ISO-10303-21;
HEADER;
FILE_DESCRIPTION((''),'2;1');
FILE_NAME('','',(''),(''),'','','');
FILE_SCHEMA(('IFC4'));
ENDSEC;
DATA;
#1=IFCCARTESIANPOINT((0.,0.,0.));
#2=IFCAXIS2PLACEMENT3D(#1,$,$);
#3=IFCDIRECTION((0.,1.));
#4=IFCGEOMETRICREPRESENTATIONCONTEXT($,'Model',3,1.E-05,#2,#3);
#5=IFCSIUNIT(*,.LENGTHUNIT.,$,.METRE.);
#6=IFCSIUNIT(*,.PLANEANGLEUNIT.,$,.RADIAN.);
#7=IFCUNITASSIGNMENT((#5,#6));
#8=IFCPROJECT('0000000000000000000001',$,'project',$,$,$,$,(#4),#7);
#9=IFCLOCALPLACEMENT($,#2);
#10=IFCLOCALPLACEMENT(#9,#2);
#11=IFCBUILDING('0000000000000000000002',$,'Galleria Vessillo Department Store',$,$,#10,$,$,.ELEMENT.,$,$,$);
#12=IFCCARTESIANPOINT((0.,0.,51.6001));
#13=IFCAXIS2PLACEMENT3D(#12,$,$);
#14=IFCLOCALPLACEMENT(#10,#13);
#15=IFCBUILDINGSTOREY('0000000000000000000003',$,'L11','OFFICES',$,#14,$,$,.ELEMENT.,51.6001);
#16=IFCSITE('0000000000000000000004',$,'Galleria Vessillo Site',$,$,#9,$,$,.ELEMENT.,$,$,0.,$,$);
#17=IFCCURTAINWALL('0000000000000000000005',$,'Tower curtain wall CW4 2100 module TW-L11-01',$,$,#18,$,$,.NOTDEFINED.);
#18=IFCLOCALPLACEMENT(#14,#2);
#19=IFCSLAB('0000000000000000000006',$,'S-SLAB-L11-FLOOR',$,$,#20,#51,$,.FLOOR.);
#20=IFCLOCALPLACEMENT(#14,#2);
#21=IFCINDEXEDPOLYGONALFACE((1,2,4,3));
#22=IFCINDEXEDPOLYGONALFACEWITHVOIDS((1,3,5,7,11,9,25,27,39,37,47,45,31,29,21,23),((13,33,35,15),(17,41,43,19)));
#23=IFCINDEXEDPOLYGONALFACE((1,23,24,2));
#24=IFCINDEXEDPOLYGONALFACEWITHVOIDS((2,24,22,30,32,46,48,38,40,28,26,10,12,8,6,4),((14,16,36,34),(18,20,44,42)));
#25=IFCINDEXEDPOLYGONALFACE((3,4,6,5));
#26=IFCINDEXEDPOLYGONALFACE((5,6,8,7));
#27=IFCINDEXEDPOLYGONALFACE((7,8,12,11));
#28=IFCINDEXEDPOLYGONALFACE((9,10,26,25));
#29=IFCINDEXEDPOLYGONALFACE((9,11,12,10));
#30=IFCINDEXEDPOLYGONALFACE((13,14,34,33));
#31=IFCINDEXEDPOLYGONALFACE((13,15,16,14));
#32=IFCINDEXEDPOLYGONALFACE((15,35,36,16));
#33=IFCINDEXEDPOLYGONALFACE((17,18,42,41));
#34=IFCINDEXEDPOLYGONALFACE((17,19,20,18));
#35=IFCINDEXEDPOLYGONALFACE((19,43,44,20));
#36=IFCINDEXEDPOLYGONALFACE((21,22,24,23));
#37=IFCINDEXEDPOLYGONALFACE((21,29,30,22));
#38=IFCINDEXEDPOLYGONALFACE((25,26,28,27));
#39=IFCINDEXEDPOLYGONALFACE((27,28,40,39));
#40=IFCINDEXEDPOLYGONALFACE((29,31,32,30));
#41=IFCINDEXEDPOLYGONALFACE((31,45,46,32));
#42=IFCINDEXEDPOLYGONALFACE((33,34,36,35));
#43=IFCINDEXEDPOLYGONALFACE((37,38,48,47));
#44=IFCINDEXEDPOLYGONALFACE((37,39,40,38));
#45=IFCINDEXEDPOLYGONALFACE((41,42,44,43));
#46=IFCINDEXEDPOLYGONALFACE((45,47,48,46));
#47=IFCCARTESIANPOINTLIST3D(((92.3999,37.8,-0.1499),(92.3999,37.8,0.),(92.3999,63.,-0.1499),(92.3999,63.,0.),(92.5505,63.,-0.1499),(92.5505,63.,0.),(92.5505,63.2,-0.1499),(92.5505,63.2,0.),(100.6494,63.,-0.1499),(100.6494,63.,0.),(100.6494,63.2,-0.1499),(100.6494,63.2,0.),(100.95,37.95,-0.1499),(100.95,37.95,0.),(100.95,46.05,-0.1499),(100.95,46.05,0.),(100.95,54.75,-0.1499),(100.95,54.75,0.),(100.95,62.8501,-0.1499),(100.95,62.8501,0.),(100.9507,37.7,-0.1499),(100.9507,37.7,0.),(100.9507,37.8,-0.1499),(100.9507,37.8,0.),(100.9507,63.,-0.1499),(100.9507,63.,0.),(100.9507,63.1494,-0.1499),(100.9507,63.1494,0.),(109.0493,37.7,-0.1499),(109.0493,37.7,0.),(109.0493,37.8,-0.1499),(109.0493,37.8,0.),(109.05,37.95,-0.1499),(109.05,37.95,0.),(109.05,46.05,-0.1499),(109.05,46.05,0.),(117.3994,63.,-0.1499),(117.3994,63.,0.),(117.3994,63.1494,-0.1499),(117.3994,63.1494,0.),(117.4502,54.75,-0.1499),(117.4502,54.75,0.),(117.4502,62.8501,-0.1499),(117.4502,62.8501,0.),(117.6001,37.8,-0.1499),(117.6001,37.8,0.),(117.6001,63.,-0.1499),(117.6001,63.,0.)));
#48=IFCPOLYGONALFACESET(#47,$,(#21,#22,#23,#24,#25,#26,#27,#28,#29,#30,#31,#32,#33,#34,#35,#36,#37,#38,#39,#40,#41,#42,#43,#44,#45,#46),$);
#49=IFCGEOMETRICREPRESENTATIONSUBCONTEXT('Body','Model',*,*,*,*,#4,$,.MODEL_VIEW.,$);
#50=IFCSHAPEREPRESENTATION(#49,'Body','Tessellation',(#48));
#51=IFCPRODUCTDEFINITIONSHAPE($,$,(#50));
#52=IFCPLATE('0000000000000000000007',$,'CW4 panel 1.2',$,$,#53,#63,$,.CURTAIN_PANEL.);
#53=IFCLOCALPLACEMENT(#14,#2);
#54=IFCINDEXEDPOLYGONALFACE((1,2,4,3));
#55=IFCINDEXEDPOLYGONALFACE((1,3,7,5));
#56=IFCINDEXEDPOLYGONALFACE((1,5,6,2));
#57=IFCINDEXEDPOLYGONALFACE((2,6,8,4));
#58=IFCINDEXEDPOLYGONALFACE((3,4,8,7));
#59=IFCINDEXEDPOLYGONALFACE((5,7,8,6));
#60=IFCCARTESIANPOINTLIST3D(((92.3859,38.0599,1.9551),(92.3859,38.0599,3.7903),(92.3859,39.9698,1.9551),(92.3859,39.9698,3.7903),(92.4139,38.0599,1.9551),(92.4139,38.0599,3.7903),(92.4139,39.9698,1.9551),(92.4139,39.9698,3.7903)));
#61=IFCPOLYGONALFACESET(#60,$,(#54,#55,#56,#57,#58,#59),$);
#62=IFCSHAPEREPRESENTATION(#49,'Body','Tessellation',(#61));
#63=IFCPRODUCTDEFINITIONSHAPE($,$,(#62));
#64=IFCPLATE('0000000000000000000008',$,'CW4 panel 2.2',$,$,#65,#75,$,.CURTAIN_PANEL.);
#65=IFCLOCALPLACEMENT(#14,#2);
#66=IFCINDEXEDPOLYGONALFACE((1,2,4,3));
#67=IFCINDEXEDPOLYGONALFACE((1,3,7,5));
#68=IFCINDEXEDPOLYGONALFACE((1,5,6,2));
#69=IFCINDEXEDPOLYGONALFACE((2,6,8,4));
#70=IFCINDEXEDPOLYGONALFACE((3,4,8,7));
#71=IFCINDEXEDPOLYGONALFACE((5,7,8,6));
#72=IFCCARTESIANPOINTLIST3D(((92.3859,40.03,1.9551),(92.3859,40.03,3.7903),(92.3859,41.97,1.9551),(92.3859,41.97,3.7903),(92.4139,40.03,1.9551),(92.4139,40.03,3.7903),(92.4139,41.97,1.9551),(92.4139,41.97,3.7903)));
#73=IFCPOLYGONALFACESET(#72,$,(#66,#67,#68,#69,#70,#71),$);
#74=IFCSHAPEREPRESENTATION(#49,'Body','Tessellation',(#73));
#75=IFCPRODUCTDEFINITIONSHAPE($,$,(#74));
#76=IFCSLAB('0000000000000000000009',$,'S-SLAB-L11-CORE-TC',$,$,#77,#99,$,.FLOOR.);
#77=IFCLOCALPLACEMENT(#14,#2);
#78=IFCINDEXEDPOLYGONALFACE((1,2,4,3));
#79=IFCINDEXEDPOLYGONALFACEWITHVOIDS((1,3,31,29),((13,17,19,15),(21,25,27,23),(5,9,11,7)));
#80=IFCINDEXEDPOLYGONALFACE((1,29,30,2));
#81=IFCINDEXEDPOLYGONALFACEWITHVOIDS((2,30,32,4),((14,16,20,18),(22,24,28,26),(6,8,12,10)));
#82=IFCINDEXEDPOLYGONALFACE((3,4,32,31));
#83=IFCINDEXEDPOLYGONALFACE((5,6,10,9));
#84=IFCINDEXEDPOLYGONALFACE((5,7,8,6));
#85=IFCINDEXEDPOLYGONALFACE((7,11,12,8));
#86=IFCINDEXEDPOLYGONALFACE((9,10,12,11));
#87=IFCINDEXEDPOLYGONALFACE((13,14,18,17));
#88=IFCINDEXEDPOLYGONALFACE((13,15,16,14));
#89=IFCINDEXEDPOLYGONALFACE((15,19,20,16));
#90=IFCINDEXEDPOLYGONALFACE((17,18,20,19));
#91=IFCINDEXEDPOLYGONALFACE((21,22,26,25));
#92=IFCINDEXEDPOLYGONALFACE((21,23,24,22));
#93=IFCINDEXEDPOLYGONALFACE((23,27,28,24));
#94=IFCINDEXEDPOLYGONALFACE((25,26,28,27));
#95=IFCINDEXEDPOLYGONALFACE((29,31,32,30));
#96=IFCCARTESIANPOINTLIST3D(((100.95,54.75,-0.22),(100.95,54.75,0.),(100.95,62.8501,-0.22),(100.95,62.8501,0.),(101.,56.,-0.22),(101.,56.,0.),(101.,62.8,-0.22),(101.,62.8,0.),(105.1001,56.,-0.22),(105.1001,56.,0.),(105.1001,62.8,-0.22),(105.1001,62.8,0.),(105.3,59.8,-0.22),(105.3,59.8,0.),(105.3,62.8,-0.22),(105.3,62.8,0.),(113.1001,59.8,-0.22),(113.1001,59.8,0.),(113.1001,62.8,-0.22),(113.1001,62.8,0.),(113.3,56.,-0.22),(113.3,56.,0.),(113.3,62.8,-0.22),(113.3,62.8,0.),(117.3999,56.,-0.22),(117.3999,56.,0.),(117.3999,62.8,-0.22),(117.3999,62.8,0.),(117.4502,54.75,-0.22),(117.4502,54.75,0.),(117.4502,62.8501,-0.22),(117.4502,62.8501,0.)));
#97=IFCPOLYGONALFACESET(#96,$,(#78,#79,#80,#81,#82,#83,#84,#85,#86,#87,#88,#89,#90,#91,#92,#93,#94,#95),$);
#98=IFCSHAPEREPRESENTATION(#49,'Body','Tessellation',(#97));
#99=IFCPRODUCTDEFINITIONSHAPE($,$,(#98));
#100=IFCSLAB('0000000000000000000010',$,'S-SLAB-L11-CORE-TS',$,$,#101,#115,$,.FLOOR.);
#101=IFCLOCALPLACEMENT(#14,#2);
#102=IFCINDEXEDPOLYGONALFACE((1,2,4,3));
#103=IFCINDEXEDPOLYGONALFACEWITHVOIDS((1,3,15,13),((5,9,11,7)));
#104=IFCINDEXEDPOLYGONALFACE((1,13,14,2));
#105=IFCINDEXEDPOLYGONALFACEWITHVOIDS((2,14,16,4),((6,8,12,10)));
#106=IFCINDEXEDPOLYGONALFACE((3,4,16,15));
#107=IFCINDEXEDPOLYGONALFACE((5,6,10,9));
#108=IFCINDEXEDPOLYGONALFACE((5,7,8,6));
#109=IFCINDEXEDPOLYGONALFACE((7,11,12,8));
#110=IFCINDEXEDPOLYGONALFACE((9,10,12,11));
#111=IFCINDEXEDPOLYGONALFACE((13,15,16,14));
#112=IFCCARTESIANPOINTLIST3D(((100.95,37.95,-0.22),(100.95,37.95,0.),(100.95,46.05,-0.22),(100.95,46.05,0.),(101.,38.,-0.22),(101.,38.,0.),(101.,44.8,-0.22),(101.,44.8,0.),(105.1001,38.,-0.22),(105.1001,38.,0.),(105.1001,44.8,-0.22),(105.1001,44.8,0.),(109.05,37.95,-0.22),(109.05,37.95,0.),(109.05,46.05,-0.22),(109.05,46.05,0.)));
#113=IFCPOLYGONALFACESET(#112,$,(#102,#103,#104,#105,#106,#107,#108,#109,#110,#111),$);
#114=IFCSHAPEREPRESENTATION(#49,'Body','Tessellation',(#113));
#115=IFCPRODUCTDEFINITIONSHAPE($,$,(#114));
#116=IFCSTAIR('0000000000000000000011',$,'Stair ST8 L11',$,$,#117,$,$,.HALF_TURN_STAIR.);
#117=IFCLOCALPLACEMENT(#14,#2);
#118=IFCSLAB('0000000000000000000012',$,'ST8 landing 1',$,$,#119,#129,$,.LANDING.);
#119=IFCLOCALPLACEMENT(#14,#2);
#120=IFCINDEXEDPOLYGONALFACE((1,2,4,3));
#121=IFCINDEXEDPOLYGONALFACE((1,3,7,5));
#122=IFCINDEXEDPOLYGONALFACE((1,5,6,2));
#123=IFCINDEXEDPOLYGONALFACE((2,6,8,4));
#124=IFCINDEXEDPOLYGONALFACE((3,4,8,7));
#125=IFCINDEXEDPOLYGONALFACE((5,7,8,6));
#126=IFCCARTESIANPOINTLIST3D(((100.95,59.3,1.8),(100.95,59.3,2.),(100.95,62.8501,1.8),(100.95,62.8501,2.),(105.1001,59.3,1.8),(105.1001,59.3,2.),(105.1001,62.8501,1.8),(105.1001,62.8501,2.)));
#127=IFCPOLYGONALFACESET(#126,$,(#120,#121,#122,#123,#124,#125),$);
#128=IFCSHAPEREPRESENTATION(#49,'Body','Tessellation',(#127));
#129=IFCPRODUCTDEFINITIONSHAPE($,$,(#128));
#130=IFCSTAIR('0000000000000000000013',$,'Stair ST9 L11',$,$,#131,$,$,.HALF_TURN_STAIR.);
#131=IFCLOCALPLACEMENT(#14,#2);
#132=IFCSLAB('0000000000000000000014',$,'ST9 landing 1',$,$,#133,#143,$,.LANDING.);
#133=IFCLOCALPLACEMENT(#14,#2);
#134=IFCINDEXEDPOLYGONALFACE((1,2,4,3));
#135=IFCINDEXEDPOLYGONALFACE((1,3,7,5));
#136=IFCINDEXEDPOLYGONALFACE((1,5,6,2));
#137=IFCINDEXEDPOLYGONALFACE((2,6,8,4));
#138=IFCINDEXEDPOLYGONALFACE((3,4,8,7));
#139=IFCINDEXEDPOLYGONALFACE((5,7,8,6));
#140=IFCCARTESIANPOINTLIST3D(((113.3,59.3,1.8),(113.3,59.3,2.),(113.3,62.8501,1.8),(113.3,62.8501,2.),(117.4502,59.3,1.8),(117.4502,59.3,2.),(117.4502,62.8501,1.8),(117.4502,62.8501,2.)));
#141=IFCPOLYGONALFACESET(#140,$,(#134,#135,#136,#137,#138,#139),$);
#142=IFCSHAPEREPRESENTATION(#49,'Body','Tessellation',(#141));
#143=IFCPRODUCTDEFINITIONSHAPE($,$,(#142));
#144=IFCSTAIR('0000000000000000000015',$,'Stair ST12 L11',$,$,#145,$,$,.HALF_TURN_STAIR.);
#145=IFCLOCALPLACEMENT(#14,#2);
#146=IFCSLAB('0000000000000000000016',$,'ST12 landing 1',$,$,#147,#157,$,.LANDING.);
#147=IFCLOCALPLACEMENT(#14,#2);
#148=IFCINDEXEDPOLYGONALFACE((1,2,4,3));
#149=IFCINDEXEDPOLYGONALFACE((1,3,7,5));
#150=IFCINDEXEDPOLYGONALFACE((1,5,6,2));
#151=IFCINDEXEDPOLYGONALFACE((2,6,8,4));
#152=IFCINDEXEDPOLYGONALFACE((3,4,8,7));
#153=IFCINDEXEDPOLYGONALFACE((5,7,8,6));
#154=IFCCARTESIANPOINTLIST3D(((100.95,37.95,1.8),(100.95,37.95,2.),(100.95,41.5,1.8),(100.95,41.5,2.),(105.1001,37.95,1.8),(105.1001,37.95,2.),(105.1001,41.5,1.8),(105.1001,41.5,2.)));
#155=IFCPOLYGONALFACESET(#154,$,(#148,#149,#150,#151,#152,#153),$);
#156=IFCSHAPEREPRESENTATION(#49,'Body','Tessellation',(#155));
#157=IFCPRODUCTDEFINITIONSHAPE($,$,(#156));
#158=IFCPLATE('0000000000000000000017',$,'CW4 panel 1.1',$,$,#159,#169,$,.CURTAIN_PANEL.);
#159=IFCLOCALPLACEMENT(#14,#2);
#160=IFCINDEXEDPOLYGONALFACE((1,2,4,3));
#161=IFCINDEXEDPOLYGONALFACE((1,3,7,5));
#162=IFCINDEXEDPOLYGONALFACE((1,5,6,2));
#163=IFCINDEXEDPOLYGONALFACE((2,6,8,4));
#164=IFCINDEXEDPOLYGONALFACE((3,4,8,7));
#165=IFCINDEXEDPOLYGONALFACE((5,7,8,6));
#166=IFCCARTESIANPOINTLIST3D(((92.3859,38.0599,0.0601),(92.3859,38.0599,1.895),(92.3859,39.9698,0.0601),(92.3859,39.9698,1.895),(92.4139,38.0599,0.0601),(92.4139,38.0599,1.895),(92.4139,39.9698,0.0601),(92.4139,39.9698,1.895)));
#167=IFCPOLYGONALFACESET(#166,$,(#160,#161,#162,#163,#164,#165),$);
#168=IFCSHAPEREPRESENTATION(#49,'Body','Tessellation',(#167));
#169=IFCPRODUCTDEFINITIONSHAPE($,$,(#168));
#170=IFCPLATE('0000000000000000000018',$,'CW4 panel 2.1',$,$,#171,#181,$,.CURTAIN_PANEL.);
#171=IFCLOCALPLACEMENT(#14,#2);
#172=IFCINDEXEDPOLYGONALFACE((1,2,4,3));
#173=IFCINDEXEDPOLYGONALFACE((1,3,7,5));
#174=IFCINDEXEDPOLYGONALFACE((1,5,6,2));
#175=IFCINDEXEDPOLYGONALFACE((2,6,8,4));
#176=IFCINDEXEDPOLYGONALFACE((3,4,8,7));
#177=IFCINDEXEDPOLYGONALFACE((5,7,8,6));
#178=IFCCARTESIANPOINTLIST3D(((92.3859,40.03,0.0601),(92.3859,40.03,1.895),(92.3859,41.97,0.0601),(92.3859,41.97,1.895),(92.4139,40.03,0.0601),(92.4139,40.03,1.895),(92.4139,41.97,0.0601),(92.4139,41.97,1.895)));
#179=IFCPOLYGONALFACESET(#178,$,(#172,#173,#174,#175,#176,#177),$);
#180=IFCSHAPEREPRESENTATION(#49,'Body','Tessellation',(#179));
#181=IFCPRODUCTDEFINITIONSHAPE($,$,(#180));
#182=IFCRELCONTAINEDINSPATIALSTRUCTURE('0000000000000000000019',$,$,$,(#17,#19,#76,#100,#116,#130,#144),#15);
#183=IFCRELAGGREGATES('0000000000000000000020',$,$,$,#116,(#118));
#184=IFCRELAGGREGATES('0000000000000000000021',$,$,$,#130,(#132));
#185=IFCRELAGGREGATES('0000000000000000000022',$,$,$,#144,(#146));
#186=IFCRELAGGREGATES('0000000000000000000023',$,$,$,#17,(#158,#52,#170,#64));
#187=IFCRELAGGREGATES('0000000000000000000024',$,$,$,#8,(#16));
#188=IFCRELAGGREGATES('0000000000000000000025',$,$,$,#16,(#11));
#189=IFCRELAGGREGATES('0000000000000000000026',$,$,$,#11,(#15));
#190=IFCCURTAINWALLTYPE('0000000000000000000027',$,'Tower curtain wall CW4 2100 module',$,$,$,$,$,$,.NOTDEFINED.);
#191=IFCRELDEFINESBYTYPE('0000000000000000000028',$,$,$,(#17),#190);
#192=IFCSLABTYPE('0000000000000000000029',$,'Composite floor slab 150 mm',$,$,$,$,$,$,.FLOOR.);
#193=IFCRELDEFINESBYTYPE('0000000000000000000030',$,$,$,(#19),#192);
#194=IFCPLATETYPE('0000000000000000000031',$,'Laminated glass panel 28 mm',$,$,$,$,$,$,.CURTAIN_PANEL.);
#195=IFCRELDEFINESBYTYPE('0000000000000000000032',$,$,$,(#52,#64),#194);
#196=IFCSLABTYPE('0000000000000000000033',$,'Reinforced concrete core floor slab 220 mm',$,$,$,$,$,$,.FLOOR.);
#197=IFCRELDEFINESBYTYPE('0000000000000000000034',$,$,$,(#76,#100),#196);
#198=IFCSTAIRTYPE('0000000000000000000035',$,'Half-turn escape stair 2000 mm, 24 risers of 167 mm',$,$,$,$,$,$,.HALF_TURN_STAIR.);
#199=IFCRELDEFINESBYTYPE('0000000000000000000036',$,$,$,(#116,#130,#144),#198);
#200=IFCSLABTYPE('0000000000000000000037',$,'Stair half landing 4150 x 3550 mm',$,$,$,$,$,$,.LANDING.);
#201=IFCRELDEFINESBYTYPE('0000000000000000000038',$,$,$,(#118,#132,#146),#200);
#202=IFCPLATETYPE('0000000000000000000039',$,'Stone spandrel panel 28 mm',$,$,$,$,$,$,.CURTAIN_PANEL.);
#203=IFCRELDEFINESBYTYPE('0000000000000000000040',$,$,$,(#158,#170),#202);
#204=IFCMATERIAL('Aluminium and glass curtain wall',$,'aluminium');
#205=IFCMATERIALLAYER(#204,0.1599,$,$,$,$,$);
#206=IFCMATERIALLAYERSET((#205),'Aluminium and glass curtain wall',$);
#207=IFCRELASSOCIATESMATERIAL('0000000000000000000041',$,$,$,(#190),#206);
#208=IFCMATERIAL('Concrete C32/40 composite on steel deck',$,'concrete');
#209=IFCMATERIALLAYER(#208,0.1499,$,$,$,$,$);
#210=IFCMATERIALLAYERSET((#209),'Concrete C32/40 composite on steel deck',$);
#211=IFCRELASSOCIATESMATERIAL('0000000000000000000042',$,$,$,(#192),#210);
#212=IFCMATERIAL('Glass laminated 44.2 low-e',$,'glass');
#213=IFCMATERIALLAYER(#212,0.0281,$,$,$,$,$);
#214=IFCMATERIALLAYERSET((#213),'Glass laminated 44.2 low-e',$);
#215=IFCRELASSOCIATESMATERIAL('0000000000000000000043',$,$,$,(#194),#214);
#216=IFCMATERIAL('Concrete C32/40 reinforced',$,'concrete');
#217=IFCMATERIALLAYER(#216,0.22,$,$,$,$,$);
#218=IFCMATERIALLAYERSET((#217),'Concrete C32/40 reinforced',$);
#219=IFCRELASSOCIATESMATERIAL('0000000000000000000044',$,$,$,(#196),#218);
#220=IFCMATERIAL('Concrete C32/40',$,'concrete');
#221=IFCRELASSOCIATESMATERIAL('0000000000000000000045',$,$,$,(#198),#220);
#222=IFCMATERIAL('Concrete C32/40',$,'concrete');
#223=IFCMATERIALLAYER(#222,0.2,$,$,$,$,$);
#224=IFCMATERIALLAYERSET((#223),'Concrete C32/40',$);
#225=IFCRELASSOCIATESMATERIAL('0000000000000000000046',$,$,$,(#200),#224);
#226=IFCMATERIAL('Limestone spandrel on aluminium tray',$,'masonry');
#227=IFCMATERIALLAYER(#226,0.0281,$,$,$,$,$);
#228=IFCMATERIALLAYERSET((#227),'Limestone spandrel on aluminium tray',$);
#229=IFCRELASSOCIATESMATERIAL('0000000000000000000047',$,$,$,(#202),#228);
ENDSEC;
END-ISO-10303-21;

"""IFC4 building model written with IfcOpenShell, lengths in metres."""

from ifc_helpers import new_model, si_unit, direction, frame, origin, origin_2d, place, context, subcontext, project, spatial, polyline, rectangle, outline, extrude, material, layer, layer_set, type_object, element, aggregate, save


model = new_model("IFC4")

# Units and contexts
model_context = context("Model", 3, precision=1e-05, world=origin(), true_north=direction((0.0, 1.0)))
body_context = subcontext(model_context, "Body", "Model", "MODEL_VIEW")
ifc_project = project(units=[si_unit("LENGTHUNIT", "METRE"), si_unit("PLANEANGLEUNIT", "RADIAN")], contexts=[model_context])

# Site, building, storey
site_placement = place(None, origin())
site = spatial("IfcSite", under=ifc_project, at=site_placement, Name="Galleria Vessillo Site", CompositionType="ELEMENT", RefElevation=0.0)
building_placement = place(site_placement, origin())
building = spatial("IfcBuilding", under=site, at=building_placement, Name="Galleria Vessillo Department Store", CompositionType="ELEMENT")
storey_placement = place(building_placement, frame((0.0, 0.0, 51.6001)))
storey = spatial("IfcBuildingStorey", under=building, at=storey_placement, Name="L11", Description="OFFICES", CompositionType="ELEMENT", Elevation=51.6001)

# Curtain wall
ifc_material_1 = material(Name="Aluminium and glass curtain wall", Category="aluminium")
ifc_layer_1 = layer(ifc_material_1, 0.1599)
ifc_layer_set_1 = layer_set([ifc_layer_1], Name="Aluminium and glass curtain wall")
curtain_wall_type = type_object("IfcCurtainWallType", Name="Tower curtain wall CW4 2100 module", PredefinedType="NOTDEFINED", material=ifc_layer_set_1)
curtain_wall_placement = place(storey_placement, origin())
curtain_wall = element("IfcCurtainWall", 1, at=curtain_wall_placement, inside=storey, type_object=curtain_wall_type, Name="Tower curtain wall CW4 2100 module TW-L11-01", PredefinedType="NOTDEFINED")

# Slab
ifc_material_2 = material(Name="Concrete C32/40 composite on steel deck", Category="concrete")
ifc_layer_2 = layer(ifc_material_2, 0.1499)
ifc_layer_set_2 = layer_set([ifc_layer_2], Name="Concrete C32/40 composite on steel deck")
slab_type_1 = type_object("IfcSlabType", Name="Composite floor slab 150 mm", PredefinedType="FLOOR", material=ifc_layer_set_2)
slab_1_placement = place(storey_placement, frame((0.0, 0.0, -0.1499)))
element("IfcSlab", 2, at=slab_1_placement, inside=storey, type_object=slab_type_1, Name="S-SLAB-L11-FLOOR", PredefinedType="FLOOR", context=body_context, shape_type="SweptSolid", body=[
    extrude(outline(polyline([(100.9507, 37.8), (92.3999, 37.8), (92.3999, 63.0), (92.5505, 63.0), (92.5505, 63.2), (100.6494, 63.2), (100.6494, 63.0), (100.9507, 63.0), (100.9507, 63.1494), (117.3994, 63.1494), (117.3994, 63.0), (117.6001, 63.0), (117.6001, 37.8), (109.0493, 37.8), (109.0493, 37.7), (100.9507, 37.7), (100.9507, 37.8)]), holes=[polyline([(109.05, 37.95), (109.05, 46.05), (100.95, 46.05), (100.95, 37.95), (109.05, 37.95)]), polyline([(117.4502, 54.75), (117.4502, 62.8501), (100.95, 62.8501), (100.95, 54.75), (117.4502, 54.75)])]), origin(), (0.0, 0.0, 1.0), 0.1499),
])

# Plates
ifc_material_3 = material(Name="Glass laminated 44.2 low-e", Category="glass")
ifc_layer_3 = layer(ifc_material_3, 0.0281)
ifc_layer_set_3 = layer_set([ifc_layer_3], Name="Glass laminated 44.2 low-e")
plate_type_1 = type_object("IfcPlateType", Name="Laminated glass panel 28 mm", PredefinedType="CURTAIN_PANEL", material=ifc_layer_set_3)
plate_1_placement = place(storey_placement, frame((92.3999, 39.0149, 1.9551), z_axis=(0.0, 0.0, 1.0), x_axis=(0.0, 1.0, 0.0)))
plate_1 = element("IfcPlate", 3, at=plate_1_placement, type_object=plate_type_1, Name="CW4 panel 1.2", PredefinedType="CURTAIN_PANEL", context=body_context, shape_type="SweptSolid", body=[
    extrude(rectangle(XDim=1.9099, YDim=0.0281, at=origin_2d()), origin(), (0.0, 0.0, 1.0), 1.8352),
])
plate_2_placement = place(storey_placement, frame((92.3999, 41.0, 1.9551), z_axis=(0.0, 0.0, 1.0), x_axis=(0.0, 1.0, 0.0)))
plate_2 = element("IfcPlate", 4, at=plate_2_placement, type_object=plate_type_1, Name="CW4 panel 2.2", PredefinedType="CURTAIN_PANEL", context=body_context, shape_type="SweptSolid", body=[
    extrude(rectangle(XDim=1.9399, YDim=0.0281, at=origin_2d()), origin(), (0.0, 0.0, 1.0), 1.8352),
])

# Slabs
ifc_material_4 = material(Name="Concrete C32/40 reinforced", Category="concrete")
ifc_layer_4 = layer(ifc_material_4, 0.22)
ifc_layer_set_4 = layer_set([ifc_layer_4], Name="Concrete C32/40 reinforced")
slab_type_2 = type_object("IfcSlabType", Name="Reinforced concrete core floor slab 220 mm", PredefinedType="FLOOR", material=ifc_layer_set_4)
slab_2_placement = place(storey_placement, frame((0.0, 0.0, -0.22)))
element("IfcSlab", 5, at=slab_2_placement, inside=storey, type_object=slab_type_2, Name="S-SLAB-L11-CORE-TC", PredefinedType="FLOOR", context=body_context, shape_type="SweptSolid", body=[
    extrude(outline(polyline([(100.95, 54.75), (100.95, 62.8501), (117.4502, 62.8501), (117.4502, 54.75), (100.95, 54.75)]), holes=[polyline([(105.1001, 56.0), (105.1001, 62.8), (101.0, 62.8), (101.0, 56.0), (105.1001, 56.0)]), polyline([(113.3, 56.0), (117.3999, 56.0), (117.3999, 62.8), (113.3, 62.8), (113.3, 56.0)]), polyline([(105.3, 59.8), (113.1001, 59.8), (113.1001, 62.8), (105.3, 62.8), (105.3, 59.8)])]), origin(), (0.0, 0.0, 1.0), 0.22),
])
slab_3_placement = place(storey_placement, frame((0.0, 0.0, -0.22)))
element("IfcSlab", 6, at=slab_3_placement, inside=storey, type_object=slab_type_2, Name="S-SLAB-L11-CORE-TS", PredefinedType="FLOOR", context=body_context, shape_type="SweptSolid", body=[
    extrude(outline(polyline([(100.95, 37.95), (100.95, 46.05), (109.05, 46.05), (109.05, 37.95), (100.95, 37.95)]), holes=[polyline([(105.1001, 44.8), (101.0, 44.8), (101.0, 38.0), (105.1001, 38.0), (105.1001, 44.8)])]), origin(), (0.0, 0.0, 1.0), 0.22),
])

# Stairs, slabs
ifc_material_5 = material(Name="Concrete C32/40", Category="concrete")
stair_type = type_object("IfcStairType", Name="Half-turn escape stair 2000 mm, 24 risers of 167 mm", PredefinedType="HALF_TURN_STAIR", material=ifc_material_5)
stair_1_placement = place(storey_placement, origin())
stair_1 = element("IfcStair", 7, at=stair_1_placement, inside=storey, type_object=stair_type, Name="Stair ST8 L11", PredefinedType="HALF_TURN_STAIR")
ifc_material_6 = material(Name="Concrete C32/40", Category="concrete")
ifc_layer_5 = layer(ifc_material_6, 0.2)
ifc_layer_set_5 = layer_set([ifc_layer_5], Name="Concrete C32/40")
slab_type_3 = type_object("IfcSlabType", Name="Stair half landing 4150 x 3550 mm", PredefinedType="LANDING", material=ifc_layer_set_5)
slab_4_placement = place(storey_placement, frame((0.0, 0.0, 1.8)))
slab_4 = element("IfcSlab", 8, at=slab_4_placement, type_object=slab_type_3, Name="ST8 landing 1", PredefinedType="LANDING", context=body_context, shape_type="SweptSolid", body=[
    extrude(outline(polyline([(100.95, 59.3), (100.95, 62.8501), (105.1001, 62.8501), (105.1001, 59.3), (100.95, 59.3)])), origin(), (0.0, 0.0, 1.0), 0.2),
])
aggregate(stair_1, [slab_4])
stair_2_placement = place(storey_placement, origin())
stair_2 = element("IfcStair", 9, at=stair_2_placement, inside=storey, type_object=stair_type, Name="Stair ST9 L11", PredefinedType="HALF_TURN_STAIR")
slab_5_placement = place(storey_placement, frame((0.0, 0.0, 1.8)))
slab_5 = element("IfcSlab", 10, at=slab_5_placement, type_object=slab_type_3, Name="ST9 landing 1", PredefinedType="LANDING", context=body_context, shape_type="SweptSolid", body=[
    extrude(outline(polyline([(113.3, 59.3), (113.3, 62.8501), (117.4502, 62.8501), (117.4502, 59.3), (113.3, 59.3)])), origin(), (0.0, 0.0, 1.0), 0.2),
])
aggregate(stair_2, [slab_5])
stair_3_placement = place(storey_placement, origin())
stair_3 = element("IfcStair", 11, at=stair_3_placement, inside=storey, type_object=stair_type, Name="Stair ST12 L11", PredefinedType="HALF_TURN_STAIR")
slab_6_placement = place(storey_placement, frame((0.0, 0.0, 1.8)))
slab_6 = element("IfcSlab", 12, at=slab_6_placement, type_object=slab_type_3, Name="ST12 landing 1", PredefinedType="LANDING", context=body_context, shape_type="SweptSolid", body=[
    extrude(outline(polyline([(100.95, 37.95), (100.95, 41.5), (105.1001, 41.5), (105.1001, 37.95), (100.95, 37.95)])), origin(), (0.0, 0.0, 1.0), 0.2),
])
aggregate(stair_3, [slab_6])

# Plates
ifc_material_7 = material(Name="Limestone spandrel on aluminium tray", Category="masonry")
ifc_layer_6 = layer(ifc_material_7, 0.0281)
ifc_layer_set_6 = layer_set([ifc_layer_6], Name="Limestone spandrel on aluminium tray")
plate_type_2 = type_object("IfcPlateType", Name="Stone spandrel panel 28 mm", PredefinedType="CURTAIN_PANEL", material=ifc_layer_set_6)
plate_3_placement = place(storey_placement, frame((92.3999, 39.0149, 0.0601), z_axis=(0.0, 0.0, 1.0), x_axis=(0.0, 1.0, 0.0)))
plate_3 = element("IfcPlate", 13, at=plate_3_placement, type_object=plate_type_2, Name="CW4 panel 1.1", PredefinedType="CURTAIN_PANEL", context=body_context, shape_type="SweptSolid", body=[
    extrude(rectangle(XDim=1.9099, YDim=0.0281, at=origin_2d()), origin(), (0.0, 0.0, 1.0), 1.835),
])
plate_4_placement = place(storey_placement, frame((92.3999, 41.0, 0.0601), z_axis=(0.0, 0.0, 1.0), x_axis=(0.0, 1.0, 0.0)))
plate_4 = element("IfcPlate", 14, at=plate_4_placement, type_object=plate_type_2, Name="CW4 panel 2.1", PredefinedType="CURTAIN_PANEL", context=body_context, shape_type="SweptSolid", body=[
    extrude(rectangle(XDim=1.9399, YDim=0.0281, at=origin_2d()), origin(), (0.0, 0.0, 1.0), 1.835),
])
aggregate(curtain_wall, [plate_3, plate_1, plate_4, plate_2])

save(model, "model.ifc")
